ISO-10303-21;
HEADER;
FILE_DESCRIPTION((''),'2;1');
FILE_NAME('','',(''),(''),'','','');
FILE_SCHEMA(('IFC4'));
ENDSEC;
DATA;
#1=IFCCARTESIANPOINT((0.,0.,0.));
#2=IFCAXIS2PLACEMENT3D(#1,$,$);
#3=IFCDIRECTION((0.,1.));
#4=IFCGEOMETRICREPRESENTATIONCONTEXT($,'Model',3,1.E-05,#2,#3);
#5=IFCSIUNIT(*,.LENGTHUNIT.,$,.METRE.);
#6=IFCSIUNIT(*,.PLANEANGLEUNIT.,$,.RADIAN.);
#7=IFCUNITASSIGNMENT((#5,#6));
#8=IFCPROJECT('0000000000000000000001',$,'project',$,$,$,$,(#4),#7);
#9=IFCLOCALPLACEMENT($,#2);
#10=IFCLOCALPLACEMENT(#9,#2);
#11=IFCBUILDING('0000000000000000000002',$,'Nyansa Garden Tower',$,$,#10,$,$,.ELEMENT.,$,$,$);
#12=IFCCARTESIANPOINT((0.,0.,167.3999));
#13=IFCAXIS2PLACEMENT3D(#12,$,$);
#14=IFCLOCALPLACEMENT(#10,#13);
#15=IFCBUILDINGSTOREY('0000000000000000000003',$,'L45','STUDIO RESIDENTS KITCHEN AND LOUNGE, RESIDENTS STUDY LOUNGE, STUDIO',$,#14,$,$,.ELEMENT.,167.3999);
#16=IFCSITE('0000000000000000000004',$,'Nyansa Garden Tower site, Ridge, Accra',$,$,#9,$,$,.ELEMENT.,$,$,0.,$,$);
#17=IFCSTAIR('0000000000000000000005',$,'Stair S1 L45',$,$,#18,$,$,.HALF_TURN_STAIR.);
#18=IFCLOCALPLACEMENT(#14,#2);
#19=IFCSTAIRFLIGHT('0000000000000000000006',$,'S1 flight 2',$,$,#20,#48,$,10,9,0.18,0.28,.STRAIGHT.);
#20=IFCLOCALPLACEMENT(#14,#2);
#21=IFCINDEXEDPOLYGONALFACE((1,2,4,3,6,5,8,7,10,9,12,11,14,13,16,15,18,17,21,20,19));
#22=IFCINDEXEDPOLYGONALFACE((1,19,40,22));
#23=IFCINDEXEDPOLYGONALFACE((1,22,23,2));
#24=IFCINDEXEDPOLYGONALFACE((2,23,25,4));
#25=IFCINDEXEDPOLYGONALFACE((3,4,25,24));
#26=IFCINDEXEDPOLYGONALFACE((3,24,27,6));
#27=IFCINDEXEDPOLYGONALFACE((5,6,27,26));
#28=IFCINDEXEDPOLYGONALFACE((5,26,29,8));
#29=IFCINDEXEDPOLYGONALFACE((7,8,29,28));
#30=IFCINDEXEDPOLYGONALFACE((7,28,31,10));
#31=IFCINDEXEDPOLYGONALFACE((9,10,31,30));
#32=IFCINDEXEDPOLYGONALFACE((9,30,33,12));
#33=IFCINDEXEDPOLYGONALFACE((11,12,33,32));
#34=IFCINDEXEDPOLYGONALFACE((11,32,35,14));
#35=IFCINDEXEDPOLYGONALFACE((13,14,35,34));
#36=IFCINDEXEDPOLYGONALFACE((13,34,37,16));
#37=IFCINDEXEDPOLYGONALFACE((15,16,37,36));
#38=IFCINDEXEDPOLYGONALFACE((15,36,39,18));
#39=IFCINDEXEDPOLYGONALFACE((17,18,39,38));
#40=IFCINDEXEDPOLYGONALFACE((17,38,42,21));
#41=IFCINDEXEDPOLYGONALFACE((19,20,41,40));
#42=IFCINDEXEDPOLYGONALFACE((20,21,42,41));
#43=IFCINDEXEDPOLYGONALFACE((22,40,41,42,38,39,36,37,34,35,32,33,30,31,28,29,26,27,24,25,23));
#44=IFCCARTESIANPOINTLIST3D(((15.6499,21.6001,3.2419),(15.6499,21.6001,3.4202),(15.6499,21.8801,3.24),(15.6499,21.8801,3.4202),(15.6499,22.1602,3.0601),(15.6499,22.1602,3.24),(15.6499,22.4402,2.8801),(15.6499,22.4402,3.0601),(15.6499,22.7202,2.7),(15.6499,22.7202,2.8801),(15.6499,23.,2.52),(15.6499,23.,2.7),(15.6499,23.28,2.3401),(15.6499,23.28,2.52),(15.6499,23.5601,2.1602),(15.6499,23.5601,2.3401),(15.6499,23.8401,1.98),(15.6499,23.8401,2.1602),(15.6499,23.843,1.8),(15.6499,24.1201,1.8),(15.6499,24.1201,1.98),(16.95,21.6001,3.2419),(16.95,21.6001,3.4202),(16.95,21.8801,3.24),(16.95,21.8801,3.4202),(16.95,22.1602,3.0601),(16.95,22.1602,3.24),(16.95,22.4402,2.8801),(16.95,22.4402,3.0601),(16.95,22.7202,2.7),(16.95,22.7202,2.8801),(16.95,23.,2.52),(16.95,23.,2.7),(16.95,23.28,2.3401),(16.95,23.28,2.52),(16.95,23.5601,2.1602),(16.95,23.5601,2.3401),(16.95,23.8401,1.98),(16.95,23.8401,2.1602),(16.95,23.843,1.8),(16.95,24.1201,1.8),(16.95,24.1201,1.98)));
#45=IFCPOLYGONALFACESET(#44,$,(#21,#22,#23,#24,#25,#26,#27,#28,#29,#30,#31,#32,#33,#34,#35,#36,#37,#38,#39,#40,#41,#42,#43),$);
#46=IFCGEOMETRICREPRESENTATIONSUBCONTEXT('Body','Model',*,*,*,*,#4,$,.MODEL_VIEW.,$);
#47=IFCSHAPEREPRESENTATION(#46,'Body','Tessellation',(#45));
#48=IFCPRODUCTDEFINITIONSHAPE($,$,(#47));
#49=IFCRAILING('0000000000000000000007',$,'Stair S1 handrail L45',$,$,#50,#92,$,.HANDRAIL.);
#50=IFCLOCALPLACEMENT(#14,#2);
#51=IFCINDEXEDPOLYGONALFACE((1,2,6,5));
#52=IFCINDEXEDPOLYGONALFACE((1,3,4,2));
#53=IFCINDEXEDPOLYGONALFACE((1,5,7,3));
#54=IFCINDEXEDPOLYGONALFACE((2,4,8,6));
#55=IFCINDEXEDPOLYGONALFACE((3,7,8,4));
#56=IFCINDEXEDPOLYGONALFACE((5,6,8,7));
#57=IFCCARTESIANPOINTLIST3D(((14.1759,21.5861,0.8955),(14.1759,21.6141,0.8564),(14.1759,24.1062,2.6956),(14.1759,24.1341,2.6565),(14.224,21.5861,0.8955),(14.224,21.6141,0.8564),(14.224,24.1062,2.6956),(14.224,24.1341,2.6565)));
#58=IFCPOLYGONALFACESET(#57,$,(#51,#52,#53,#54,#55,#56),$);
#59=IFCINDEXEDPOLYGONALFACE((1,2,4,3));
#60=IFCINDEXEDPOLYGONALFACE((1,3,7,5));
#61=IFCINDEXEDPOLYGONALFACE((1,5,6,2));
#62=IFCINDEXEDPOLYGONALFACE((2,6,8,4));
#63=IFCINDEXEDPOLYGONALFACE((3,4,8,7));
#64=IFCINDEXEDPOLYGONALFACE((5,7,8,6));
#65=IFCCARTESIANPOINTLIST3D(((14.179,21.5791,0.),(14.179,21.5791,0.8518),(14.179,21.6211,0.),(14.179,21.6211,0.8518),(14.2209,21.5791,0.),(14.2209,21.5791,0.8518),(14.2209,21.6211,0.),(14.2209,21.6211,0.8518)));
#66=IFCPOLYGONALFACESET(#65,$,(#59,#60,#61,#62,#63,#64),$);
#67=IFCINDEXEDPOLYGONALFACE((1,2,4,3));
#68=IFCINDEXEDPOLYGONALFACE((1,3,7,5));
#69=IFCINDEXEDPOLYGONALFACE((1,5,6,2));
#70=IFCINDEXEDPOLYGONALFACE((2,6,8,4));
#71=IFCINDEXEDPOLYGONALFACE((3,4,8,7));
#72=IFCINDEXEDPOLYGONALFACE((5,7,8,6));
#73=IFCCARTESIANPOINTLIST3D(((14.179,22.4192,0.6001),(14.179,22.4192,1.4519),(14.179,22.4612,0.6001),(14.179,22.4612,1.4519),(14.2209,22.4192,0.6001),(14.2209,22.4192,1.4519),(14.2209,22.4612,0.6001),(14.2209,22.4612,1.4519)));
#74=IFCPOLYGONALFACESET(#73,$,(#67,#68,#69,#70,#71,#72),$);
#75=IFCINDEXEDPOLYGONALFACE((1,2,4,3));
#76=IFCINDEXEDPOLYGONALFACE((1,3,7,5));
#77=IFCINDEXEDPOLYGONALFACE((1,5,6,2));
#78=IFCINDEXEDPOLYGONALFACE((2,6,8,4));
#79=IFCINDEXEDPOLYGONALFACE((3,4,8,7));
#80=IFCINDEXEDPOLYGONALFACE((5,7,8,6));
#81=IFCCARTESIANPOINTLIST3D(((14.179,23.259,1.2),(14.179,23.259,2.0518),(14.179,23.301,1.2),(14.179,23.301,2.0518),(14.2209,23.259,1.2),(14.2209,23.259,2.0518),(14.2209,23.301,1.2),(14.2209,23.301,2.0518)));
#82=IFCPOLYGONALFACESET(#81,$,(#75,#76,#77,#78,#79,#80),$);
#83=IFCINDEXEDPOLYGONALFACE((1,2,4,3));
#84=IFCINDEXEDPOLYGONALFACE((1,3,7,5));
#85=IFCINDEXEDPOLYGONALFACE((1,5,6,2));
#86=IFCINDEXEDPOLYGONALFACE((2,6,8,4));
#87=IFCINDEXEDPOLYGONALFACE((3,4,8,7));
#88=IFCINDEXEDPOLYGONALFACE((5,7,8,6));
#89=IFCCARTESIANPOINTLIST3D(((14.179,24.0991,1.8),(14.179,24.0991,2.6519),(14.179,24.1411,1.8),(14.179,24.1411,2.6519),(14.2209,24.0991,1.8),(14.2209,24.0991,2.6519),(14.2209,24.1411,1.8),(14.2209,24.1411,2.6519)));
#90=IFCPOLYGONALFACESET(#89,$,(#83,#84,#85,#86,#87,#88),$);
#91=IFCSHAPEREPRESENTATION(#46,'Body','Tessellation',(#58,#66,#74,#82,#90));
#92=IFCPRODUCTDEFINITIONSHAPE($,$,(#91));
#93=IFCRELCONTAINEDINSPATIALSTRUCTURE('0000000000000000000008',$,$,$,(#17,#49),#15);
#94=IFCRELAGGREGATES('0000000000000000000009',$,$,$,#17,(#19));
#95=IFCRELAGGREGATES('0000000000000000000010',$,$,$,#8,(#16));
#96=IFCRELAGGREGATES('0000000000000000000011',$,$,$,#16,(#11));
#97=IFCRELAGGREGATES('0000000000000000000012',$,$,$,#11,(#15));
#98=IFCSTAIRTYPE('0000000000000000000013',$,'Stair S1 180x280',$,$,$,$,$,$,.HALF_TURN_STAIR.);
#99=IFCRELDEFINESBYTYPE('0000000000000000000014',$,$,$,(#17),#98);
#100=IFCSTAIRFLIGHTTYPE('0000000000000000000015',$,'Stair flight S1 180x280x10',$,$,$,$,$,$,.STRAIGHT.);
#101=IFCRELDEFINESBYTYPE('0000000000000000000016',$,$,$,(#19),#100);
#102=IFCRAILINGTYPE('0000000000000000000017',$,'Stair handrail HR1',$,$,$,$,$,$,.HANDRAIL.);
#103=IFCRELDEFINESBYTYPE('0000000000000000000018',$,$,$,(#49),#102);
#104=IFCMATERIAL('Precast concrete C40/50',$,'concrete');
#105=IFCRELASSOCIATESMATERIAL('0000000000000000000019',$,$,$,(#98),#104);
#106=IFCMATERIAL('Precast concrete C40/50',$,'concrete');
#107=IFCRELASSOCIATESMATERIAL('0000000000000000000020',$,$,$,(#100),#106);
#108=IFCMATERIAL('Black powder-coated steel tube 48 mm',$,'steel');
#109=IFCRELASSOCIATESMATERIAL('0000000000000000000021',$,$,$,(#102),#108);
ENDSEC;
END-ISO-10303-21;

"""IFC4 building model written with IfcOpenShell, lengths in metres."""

from ifc_helpers import new_model, si_unit, direction, frame, origin, origin_2d, place, context, subcontext, project, spatial, polyline, rectangle, outline, extrude, material, type_object, element, aggregate, save


model = new_model("IFC4")

# Units and contexts
model_context = context("Model", 3, precision=1e-05, world=origin(), true_north=direction((0.0, 1.0)))
body_context = subcontext(model_context, "Body", "Model", "MODEL_VIEW")
ifc_project = project(units=[si_unit("LENGTHUNIT", "METRE"), si_unit("PLANEANGLEUNIT", "RADIAN")], contexts=[model_context])

# Site, building, storey
site_placement = place(None, origin())
site = spatial("IfcSite", under=ifc_project, at=site_placement, Name="Nyansa Garden Tower site, Ridge, Accra", CompositionType="ELEMENT", RefElevation=0.0)
building_placement = place(site_placement, origin())
building = spatial("IfcBuilding", under=site, at=building_placement, Name="Nyansa Garden Tower", CompositionType="ELEMENT")
storey_placement = place(building_placement, frame((0.0, 0.0, 167.3999)))
storey = spatial("IfcBuildingStorey", under=building, at=storey_placement, Name="L45", Description="STUDIO RESIDENTS KITCHEN AND LOUNGE, RESIDENTS STUDY LOUNGE, STUDIO", CompositionType="ELEMENT", Elevation=167.3999)

# Stair, stair flight
ifc_material_1 = material(Name="Precast concrete C40/50", Category="concrete")
stair_type = type_object("IfcStairType", Name="Stair S1 180x280", PredefinedType="HALF_TURN_STAIR", material=ifc_material_1)
stair_placement = place(storey_placement, origin())
stair = element("IfcStair", 1, at=stair_placement, inside=storey, type_object=stair_type, Name="Stair S1 L45", PredefinedType="HALF_TURN_STAIR")
ifc_material_2 = material(Name="Precast concrete C40/50", Category="concrete")
stair_flight_type = type_object("IfcStairFlightType", Name="Stair flight S1 180x280x10", PredefinedType="STRAIGHT", material=ifc_material_2)
stair_flight_1_placement = place(storey_placement, frame((16.3, 24.1201, 1.8), z_axis=(0.0, 0.0, 1.0), x_axis=(0.0, -1.0, 0.0)))
stair_flight_1 = element("IfcStairFlight", 2, at=stair_flight_1_placement, type_object=stair_flight_type, Name="S1 flight 2", NumberOfRisers=10, NumberOfTreads=9, PredefinedType="STRAIGHT", RiserHeight=0.18, TreadLength=0.28, context=body_context, shape_type="SweptSolid", body=[
    extrude(outline(polyline([(0.0, 0.0), (0.0, 0.1799), (0.28, 0.1799), (0.28, 0.3601), (0.5601, 0.3601), (0.5601, 0.54), (0.8401, 0.54), (0.8401, 0.72), (1.1201, 0.72), (1.1201, 0.8999), (1.3999, 0.8999), (1.3999, 1.0801), (1.6799, 1.0801), (1.6799, 1.26), (1.96, 1.26), (1.96, 1.4399), (2.24, 1.4399), (2.24, 1.6201), (2.52, 1.6201), (2.52, 1.8), (2.52, 1.4419), (0.2771, 0.0), (0.0, 0.0)])), frame((0.0, 0.6499, 0.0), z_axis=(0.0, -1.0, 0.0), x_axis=(1.0, 0.0, 0.0)), (0.0, 0.0, 1.0), 1.3),
])
aggregate(stair, [stair_flight_1])

# Railing
ifc_material_3 = material(Name="Black powder-coated steel tube 48 mm", Category="steel")
railing_type = type_object("IfcRailingType", Name="Stair handrail HR1", PredefinedType="HANDRAIL", material=ifc_material_3)
railing_placement = place(storey_placement, frame((14.2, 21.6001, 0.0)))
element("IfcRailing", 3, at=railing_placement, inside=storey, type_object=railing_type, Name="Stair S1 handrail L45", PredefinedType="HANDRAIL", context=body_context, shape_type="SweptSolid", body=[
    extrude(rectangle(XDim=0.0481, YDim=0.0481, at=origin_2d()), frame((0.0, 0.0, 0.876), z_axis=(0.0, 0.813728, 0.581246), x_axis=(-1.0, 0.0, 0.0)), (0.0, 0.0, 1.0), 3.0969),
    extrude(rectangle(XDim=0.042, YDim=0.042, at=origin_2d()), origin(), (0.0, 0.0, 1.0), 0.8518),
    extrude(rectangle(XDim=0.042, YDim=0.042, at=origin_2d()), frame((0.0, 0.8401, 0.6001)), (0.0, 0.0, 1.0), 0.8518),
    extrude(rectangle(XDim=0.042, YDim=0.042, at=origin_2d()), frame((0.0, 1.6799, 1.2)), (0.0, 0.0, 1.0), 0.8518),
    extrude(rectangle(XDim=0.042, YDim=0.042, at=origin_2d()), frame((0.0, 2.52, 1.8)), (0.0, 0.0, 1.0), 0.8518),
])

save(model, "model.ifc")
